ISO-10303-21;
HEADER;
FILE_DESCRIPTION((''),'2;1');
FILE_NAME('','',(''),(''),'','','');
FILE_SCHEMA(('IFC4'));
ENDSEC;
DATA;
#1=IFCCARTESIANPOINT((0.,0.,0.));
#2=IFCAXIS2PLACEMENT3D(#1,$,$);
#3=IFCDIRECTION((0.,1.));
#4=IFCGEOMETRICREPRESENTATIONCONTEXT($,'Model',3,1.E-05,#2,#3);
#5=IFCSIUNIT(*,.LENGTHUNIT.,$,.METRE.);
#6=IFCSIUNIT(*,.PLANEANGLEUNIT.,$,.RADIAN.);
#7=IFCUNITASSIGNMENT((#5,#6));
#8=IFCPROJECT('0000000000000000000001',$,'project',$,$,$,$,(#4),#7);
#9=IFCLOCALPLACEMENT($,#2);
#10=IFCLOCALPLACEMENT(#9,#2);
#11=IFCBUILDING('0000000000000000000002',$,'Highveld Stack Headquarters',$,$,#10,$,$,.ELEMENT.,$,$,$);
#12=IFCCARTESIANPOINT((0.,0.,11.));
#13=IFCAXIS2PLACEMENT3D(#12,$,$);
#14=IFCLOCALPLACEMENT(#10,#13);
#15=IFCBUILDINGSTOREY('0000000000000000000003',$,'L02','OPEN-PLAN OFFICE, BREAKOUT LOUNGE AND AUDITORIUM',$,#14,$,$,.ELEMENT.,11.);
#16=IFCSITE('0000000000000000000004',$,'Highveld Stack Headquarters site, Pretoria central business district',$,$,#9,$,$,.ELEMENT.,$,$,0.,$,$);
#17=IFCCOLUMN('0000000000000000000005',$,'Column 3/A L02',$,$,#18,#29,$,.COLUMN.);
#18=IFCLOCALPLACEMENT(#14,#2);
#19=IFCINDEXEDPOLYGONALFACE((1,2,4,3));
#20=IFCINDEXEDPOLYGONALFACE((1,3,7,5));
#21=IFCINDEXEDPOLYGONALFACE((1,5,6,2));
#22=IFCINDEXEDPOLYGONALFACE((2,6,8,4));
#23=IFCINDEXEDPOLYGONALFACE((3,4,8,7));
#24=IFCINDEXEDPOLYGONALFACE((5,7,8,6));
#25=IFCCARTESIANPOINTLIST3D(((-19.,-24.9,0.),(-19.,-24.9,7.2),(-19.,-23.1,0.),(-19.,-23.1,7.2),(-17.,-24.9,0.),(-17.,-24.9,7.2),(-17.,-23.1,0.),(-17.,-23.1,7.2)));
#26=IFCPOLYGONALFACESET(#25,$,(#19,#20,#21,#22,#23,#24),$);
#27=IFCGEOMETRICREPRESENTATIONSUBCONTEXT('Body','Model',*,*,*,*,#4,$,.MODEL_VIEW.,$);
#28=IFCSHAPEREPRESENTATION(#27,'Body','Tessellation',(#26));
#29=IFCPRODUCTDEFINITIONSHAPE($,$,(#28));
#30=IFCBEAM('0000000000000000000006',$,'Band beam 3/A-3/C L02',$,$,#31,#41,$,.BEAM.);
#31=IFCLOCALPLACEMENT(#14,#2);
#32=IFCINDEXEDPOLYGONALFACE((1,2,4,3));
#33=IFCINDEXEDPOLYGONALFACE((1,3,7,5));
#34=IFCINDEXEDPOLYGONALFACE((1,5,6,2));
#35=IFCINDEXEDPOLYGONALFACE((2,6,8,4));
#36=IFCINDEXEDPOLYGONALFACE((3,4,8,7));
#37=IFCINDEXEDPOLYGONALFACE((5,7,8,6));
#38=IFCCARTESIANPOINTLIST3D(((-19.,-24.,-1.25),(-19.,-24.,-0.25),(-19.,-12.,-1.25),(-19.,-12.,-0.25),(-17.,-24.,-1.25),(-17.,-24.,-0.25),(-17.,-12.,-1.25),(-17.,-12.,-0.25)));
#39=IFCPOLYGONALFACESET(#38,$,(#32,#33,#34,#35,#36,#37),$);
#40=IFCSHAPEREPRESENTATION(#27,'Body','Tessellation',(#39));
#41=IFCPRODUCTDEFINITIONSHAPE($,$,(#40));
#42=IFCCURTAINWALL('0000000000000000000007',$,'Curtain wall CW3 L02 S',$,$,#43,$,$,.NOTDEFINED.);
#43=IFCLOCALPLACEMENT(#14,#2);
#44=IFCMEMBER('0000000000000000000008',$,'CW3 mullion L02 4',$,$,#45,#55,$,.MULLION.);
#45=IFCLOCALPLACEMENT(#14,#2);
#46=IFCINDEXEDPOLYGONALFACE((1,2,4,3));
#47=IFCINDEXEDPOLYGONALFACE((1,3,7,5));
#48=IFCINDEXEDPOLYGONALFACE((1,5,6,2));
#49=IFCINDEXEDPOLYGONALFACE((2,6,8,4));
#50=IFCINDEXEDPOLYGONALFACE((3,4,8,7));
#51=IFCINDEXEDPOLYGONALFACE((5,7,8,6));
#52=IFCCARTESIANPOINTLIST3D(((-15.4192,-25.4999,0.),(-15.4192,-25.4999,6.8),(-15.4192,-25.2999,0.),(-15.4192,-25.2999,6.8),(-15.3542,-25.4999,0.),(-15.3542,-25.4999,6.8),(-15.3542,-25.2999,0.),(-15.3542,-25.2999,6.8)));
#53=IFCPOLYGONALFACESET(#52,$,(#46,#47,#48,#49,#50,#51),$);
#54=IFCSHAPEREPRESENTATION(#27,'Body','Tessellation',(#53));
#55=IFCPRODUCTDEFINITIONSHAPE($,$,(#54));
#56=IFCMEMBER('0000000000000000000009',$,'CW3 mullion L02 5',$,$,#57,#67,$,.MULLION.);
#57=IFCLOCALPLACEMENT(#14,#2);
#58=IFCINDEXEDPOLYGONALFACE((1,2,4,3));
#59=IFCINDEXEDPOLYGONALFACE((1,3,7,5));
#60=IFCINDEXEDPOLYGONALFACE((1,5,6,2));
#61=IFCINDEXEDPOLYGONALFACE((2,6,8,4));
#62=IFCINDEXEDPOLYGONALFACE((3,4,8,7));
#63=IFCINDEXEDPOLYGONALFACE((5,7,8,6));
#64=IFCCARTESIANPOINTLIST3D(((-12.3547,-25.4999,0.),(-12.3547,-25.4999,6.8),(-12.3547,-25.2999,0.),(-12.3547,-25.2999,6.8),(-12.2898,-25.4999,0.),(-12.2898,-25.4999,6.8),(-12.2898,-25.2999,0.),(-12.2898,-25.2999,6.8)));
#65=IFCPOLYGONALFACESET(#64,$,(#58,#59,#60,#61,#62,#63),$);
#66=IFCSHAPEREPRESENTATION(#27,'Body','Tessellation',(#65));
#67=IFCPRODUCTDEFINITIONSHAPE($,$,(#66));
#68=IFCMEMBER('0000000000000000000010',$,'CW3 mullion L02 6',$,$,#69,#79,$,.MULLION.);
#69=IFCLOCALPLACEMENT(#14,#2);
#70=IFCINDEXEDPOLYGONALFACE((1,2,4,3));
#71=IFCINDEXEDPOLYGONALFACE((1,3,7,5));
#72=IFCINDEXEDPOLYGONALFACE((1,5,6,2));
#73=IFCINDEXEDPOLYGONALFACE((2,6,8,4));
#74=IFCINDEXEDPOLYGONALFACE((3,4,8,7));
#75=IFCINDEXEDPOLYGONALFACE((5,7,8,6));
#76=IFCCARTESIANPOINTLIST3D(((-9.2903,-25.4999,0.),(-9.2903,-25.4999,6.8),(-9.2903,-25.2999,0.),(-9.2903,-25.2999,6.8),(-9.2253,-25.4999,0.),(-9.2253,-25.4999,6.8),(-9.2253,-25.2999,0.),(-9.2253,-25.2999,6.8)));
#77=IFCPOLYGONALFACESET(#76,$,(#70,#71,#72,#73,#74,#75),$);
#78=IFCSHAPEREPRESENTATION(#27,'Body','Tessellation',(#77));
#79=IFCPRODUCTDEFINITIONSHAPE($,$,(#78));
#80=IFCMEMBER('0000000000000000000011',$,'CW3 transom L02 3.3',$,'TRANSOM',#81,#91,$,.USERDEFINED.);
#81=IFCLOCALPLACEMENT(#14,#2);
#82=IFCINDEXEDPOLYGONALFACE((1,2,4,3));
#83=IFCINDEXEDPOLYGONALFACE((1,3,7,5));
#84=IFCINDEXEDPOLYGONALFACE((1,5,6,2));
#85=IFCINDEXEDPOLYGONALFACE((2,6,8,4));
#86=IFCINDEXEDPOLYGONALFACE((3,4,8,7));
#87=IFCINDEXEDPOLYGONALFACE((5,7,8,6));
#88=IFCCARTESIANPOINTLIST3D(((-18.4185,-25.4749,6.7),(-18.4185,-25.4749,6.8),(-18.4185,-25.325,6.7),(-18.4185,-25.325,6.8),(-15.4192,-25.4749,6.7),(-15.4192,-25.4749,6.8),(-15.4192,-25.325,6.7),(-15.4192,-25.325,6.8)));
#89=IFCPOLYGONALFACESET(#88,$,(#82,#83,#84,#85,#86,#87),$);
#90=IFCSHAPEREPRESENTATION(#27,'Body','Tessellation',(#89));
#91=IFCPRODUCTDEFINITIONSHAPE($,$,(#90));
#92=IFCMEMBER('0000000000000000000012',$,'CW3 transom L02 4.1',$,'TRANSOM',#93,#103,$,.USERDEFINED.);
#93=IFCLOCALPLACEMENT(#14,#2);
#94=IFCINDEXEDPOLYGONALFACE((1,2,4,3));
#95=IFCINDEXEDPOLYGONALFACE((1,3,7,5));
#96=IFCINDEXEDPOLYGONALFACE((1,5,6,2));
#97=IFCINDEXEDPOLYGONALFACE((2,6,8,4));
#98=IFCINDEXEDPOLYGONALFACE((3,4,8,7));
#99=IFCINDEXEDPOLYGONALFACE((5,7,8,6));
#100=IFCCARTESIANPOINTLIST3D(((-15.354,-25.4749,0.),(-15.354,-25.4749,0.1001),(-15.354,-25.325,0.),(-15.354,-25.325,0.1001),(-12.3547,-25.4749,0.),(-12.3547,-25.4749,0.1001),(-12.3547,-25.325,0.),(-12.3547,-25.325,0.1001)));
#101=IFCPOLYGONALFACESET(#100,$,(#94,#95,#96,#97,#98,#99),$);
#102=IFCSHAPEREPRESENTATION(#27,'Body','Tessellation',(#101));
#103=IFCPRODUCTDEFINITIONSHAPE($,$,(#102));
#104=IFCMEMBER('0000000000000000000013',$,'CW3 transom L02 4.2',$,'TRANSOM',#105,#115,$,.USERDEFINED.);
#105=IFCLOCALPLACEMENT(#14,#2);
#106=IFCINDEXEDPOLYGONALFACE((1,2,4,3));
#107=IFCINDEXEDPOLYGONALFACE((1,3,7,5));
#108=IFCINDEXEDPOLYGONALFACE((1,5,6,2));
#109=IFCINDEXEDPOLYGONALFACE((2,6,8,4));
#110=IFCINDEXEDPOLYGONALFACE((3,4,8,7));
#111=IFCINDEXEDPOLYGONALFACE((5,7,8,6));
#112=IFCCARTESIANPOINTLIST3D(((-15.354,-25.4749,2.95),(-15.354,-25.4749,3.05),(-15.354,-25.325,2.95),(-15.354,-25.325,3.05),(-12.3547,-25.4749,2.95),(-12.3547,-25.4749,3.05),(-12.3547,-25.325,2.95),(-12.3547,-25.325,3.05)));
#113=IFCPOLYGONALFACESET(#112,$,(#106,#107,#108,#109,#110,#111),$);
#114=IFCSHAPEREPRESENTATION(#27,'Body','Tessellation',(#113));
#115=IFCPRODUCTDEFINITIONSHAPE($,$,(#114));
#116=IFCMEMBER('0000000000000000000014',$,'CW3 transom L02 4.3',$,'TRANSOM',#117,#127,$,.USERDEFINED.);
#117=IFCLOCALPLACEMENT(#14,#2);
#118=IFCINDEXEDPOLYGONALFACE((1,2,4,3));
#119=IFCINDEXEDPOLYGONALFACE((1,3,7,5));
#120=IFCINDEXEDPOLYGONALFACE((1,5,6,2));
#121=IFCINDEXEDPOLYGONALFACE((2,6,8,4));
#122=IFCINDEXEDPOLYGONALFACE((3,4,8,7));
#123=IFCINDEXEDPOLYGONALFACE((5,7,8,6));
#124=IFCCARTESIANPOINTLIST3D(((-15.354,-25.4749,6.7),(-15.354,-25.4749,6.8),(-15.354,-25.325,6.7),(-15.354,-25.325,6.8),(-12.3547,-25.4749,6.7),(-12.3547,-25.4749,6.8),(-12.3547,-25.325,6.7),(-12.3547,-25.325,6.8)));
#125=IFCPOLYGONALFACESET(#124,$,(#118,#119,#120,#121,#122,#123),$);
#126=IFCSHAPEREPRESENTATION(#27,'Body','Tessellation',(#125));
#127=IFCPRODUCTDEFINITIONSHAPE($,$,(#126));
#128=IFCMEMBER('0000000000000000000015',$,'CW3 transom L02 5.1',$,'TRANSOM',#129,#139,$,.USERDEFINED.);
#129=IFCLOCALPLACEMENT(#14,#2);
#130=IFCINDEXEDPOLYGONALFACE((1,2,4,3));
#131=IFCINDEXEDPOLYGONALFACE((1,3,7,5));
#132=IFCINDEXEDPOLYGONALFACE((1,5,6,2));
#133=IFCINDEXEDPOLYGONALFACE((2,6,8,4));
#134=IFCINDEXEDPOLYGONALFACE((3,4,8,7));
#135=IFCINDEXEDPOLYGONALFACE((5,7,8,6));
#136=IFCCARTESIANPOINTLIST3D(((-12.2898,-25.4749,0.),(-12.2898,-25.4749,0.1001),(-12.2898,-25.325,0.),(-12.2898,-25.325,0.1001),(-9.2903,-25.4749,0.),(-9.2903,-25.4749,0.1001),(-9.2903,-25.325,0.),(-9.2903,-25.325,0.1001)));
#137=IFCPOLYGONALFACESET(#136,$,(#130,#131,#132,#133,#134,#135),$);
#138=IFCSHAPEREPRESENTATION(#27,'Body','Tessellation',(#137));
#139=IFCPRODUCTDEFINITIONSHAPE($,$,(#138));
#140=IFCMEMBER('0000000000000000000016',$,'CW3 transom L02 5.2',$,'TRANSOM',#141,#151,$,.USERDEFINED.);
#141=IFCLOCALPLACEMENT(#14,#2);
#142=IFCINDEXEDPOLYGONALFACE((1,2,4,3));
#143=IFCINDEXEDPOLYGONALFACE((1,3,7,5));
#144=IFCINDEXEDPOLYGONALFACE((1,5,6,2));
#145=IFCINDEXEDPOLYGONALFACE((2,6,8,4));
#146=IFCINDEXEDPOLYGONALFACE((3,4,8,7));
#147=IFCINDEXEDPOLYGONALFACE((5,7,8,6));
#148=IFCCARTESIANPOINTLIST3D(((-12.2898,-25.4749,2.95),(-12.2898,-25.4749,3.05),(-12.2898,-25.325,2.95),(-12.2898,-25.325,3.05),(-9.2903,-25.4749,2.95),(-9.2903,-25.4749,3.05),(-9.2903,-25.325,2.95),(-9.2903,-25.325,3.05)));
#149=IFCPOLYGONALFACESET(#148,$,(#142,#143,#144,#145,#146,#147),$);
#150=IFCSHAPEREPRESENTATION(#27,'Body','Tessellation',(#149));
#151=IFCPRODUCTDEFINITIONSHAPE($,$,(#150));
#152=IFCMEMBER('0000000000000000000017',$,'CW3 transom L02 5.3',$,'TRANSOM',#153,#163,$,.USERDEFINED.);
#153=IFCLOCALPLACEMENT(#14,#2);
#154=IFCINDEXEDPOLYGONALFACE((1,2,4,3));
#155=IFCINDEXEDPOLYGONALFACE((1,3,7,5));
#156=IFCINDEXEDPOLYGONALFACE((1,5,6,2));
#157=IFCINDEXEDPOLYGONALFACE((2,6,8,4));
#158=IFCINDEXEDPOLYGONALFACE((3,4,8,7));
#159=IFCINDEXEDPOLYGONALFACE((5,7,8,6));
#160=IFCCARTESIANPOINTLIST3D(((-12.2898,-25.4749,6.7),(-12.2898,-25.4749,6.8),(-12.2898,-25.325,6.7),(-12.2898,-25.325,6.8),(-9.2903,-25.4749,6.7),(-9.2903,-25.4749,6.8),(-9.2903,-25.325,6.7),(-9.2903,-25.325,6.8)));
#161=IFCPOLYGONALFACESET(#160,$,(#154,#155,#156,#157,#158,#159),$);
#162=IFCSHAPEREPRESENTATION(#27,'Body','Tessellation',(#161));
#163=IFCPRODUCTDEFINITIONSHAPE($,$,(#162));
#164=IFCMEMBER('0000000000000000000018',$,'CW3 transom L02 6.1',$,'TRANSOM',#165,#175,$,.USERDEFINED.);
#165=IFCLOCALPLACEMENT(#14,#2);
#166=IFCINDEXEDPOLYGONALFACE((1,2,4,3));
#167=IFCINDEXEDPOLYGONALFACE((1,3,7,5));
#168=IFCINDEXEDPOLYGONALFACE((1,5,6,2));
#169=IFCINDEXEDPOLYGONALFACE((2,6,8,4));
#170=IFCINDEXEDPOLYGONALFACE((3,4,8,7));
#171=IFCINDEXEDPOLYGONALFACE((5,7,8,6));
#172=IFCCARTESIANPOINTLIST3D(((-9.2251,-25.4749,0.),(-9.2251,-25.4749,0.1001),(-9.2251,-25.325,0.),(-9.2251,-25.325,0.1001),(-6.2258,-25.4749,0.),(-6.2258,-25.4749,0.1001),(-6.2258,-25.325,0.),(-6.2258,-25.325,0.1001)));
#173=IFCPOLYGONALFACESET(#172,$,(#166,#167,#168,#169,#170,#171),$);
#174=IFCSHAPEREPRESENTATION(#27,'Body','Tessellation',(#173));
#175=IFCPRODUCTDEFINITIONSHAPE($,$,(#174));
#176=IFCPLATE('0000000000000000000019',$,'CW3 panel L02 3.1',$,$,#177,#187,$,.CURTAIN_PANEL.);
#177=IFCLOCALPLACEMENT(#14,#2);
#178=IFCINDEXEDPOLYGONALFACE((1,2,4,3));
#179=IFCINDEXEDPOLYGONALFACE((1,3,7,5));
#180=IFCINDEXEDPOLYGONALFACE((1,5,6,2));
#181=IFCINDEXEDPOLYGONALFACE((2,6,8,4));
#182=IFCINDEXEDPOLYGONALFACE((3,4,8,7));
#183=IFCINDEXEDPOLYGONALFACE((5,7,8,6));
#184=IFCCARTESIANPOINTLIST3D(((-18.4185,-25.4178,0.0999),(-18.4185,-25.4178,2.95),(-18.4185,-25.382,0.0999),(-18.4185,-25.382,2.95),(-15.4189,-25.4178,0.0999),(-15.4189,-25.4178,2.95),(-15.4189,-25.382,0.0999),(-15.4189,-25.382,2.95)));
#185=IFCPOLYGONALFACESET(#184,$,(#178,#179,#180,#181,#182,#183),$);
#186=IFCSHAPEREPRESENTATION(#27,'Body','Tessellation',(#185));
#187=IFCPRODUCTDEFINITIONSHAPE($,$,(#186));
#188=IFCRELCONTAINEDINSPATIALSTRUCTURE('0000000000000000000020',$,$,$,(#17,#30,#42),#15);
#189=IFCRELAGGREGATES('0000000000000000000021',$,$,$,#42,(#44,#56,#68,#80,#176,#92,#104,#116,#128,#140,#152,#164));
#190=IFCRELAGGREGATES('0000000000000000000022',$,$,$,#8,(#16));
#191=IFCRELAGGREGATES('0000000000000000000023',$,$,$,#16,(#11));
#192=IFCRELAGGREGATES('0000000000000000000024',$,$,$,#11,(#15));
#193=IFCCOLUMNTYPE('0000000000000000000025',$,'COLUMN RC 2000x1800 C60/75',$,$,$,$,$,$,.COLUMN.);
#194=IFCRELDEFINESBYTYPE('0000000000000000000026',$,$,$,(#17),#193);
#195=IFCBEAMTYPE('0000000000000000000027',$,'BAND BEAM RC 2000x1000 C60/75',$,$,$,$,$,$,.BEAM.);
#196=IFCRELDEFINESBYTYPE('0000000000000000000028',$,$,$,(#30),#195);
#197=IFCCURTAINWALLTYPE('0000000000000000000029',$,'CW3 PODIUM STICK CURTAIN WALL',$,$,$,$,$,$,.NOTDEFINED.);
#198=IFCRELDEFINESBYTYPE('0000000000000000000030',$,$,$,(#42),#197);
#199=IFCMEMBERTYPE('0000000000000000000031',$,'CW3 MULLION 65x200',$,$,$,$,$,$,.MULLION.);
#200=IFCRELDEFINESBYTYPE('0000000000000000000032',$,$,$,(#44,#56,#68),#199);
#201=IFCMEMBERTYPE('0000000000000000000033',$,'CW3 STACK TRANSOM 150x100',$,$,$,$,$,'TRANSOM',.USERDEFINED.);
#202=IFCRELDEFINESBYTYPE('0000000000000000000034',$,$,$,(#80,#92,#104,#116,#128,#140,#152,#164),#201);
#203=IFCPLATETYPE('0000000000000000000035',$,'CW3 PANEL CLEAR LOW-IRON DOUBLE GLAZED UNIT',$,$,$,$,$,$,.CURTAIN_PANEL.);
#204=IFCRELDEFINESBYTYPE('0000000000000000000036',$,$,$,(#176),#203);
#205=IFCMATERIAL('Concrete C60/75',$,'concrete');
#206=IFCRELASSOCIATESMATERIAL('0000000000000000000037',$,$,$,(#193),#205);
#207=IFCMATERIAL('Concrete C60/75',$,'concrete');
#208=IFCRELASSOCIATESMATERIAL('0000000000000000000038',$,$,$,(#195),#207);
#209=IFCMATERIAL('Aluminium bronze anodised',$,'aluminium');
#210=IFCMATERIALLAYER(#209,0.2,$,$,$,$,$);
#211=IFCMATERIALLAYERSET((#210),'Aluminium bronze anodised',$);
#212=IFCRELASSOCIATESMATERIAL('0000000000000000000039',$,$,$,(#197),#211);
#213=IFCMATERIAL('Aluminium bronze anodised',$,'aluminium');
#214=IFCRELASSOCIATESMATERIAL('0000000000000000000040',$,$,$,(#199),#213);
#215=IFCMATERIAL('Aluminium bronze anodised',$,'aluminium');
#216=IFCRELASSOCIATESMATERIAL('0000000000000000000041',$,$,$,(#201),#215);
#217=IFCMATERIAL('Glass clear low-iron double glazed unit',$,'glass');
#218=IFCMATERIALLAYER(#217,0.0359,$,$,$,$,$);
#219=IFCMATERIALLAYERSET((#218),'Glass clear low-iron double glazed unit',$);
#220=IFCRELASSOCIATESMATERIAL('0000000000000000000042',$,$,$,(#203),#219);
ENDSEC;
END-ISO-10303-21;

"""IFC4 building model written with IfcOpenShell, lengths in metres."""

from ifc_helpers import new_model, si_unit, direction, frame, origin, origin_2d, place, context, subcontext, project, spatial, rectangle, extrude, material, layer, layer_set, material_profile, profile_set, type_object, element, aggregate, save


model = new_model("IFC4")

# Units and contexts
model_context = context("Model", 3, precision=1e-05, world=origin(), true_north=direction((0.0, 1.0)))
body_context = subcontext(model_context, "Body", "Model", "MODEL_VIEW")
ifc_project = project(units=[si_unit("LENGTHUNIT", "METRE"), si_unit("PLANEANGLEUNIT", "RADIAN")], contexts=[model_context])

# Site, building, storey
site_placement = place(None, origin())
site = spatial("IfcSite", under=ifc_project, at=site_placement, Name="Highveld Stack Headquarters site, Pretoria central business district", CompositionType="ELEMENT", RefElevation=0.0)
building_placement = place(site_placement, origin())
building = spatial("IfcBuilding", under=site, at=building_placement, Name="Highveld Stack Headquarters", CompositionType="ELEMENT")
storey_placement = place(building_placement, frame((0.0, 0.0, 11.0)))
storey = spatial("IfcBuildingStorey", under=building, at=storey_placement, Name="L02", Description="OPEN-PLAN OFFICE, BREAKOUT LOUNGE AND AUDITORIUM", CompositionType="ELEMENT", Elevation=11.0)

# Column
ifc_material_1 = material(Name="Concrete C60/75", Category="concrete")
ifc_material_profile_1 = material_profile(ifc_material_1, rectangle(XDim=2.0, YDim=1.8, at=origin_2d()), Name="RC 2000x1800")
ifc_profile_set_1 = profile_set([ifc_material_profile_1], Name="Concrete C60/75")
column_type = type_object("IfcColumnType", Name="COLUMN RC 2000x1800 C60/75", PredefinedType="COLUMN", material=ifc_profile_set_1)
column_placement = place(storey_placement, frame((-18.0, -24.0, 0.0), z_axis=(0.0, 0.0, 1.0), x_axis=(1.0, 0.0, 0.0)))
element("IfcColumn", 1, at=column_placement, inside=storey, type_object=column_type, Name="Column 3/A L02", PredefinedType="COLUMN", context=body_context, shape_type="SweptSolid", body=[
    extrude(rectangle(XDim=2.0, YDim=1.8, at=origin_2d()), origin(), (0.0, 0.0, 1.0), 7.2),
])

# Beam
ifc_material_2 = material(Name="Concrete C60/75", Category="concrete")
ifc_material_profile_2 = material_profile(ifc_material_2, rectangle(XDim=2.0, YDim=1.0, at=origin_2d()), Name="RC 2000x1000")
ifc_profile_set_2 = profile_set([ifc_material_profile_2], Name="Concrete C60/75")
beam_type = type_object("IfcBeamType", Name="BAND BEAM RC 2000x1000 C60/75", PredefinedType="BEAM", material=ifc_profile_set_2)
beam_placement = place(storey_placement, frame((-18.0, -24.0, -0.75), z_axis=(0.0, 1.0, 0.0), x_axis=(-1.0, 0.0, 0.0)))
element("IfcBeam", 2, at=beam_placement, inside=storey, type_object=beam_type, Name="Band beam 3/A-3/C L02", PredefinedType="BEAM", context=body_context, shape_type="SweptSolid", body=[
    extrude(rectangle(XDim=2.0, YDim=1.0, at=origin_2d()), origin(), (0.0, 0.0, 1.0), 12.0),
])

# Curtain wall, members, plate
ifc_material_3 = material(Name="Aluminium bronze anodised", Category="aluminium")
ifc_layer_1 = layer(ifc_material_3, 0.2)
ifc_layer_set_1 = layer_set([ifc_layer_1], Name="Aluminium bronze anodised")
curtain_wall_type = type_object("IfcCurtainWallType", Name="CW3 PODIUM STICK CURTAIN WALL", PredefinedType="NOTDEFINED", material=ifc_layer_set_1)
curtain_wall_placement = place(storey_placement, origin())
curtain_wall = element("IfcCurtainWall", 3, at=curtain_wall_placement, inside=storey, type_object=curtain_wall_type, Name="Curtain wall CW3 L02 S", PredefinedType="NOTDEFINED")
ifc_material_4 = material(Name="Aluminium bronze anodised", Category="aluminium")
ifc_material_profile_3 = material_profile(ifc_material_4, rectangle(XDim=0.2, YDim=0.0649, at=origin_2d()), Name="CW3 MULLION 65x200")
ifc_profile_set_3 = profile_set([ifc_material_profile_3], Name="Aluminium bronze anodised")
member_type_1 = type_object("IfcMemberType", Name="CW3 MULLION 65x200", PredefinedType="MULLION", material=ifc_profile_set_3)
member_1_placement = place(storey_placement, frame((-15.3867, -25.3999, 0.0), z_axis=(0.0, 0.0, 1.0), x_axis=(0.0, 1.0, 0.0)))
member_1 = element("IfcMember", 4, at=member_1_placement, type_object=member_type_1, Name="CW3 mullion L02 4", PredefinedType="MULLION", context=body_context, shape_type="SweptSolid", body=[
    extrude(rectangle(XDim=0.2, YDim=0.0649, at=origin_2d()), origin(), (0.0, 0.0, 1.0), 6.8),
])
member_2_placement = place(storey_placement, frame((-12.3223, -25.3999, 0.0), z_axis=(0.0, 0.0, 1.0), x_axis=(0.0, 1.0, 0.0)))
member_2 = element("IfcMember", 5, at=member_2_placement, type_object=member_type_1, Name="CW3 mullion L02 5", PredefinedType="MULLION", context=body_context, shape_type="SweptSolid", body=[
    extrude(rectangle(XDim=0.2, YDim=0.0649, at=origin_2d()), origin(), (0.0, 0.0, 1.0), 6.8),
])
member_3_placement = place(storey_placement, frame((-9.2578, -25.3999, 0.0), z_axis=(0.0, 0.0, 1.0), x_axis=(0.0, 1.0, 0.0)))
member_3 = element("IfcMember", 6, at=member_3_placement, type_object=member_type_1, Name="CW3 mullion L02 6", PredefinedType="MULLION", context=body_context, shape_type="SweptSolid", body=[
    extrude(rectangle(XDim=0.2, YDim=0.0649, at=origin_2d()), origin(), (0.0, 0.0, 1.0), 6.8),
])
ifc_material_5 = material(Name="Aluminium bronze anodised", Category="aluminium")
ifc_material_profile_4 = material_profile(ifc_material_5, rectangle(XDim=0.1499, YDim=0.1001, at=origin_2d()), Name="CW3 TRANSOM 150x100")
ifc_profile_set_4 = profile_set([ifc_material_profile_4], Name="Aluminium bronze anodised")
member_type_2 = type_object("IfcMemberType", Name="CW3 STACK TRANSOM 150x100", ElementType="TRANSOM", PredefinedType="USERDEFINED", material=ifc_profile_set_4)
member_4_placement = place(storey_placement, frame((-18.4185, -25.3999, 6.75), z_axis=(1.0, 0.0, 0.0), x_axis=(0.0, 1.0, 0.0)))
member_4 = element("IfcMember", 7, at=member_4_placement, type_object=member_type_2, Name="CW3 transom L02 3.3", ObjectType="TRANSOM", PredefinedType="USERDEFINED", context=body_context, shape_type="SweptSolid", body=[
    extrude(rectangle(XDim=0.1499, YDim=0.1001, at=origin_2d()), origin(), (0.0, 0.0, 1.0), 2.9993),
])
member_5_placement = place(storey_placement, frame((-15.354, -25.3999, 0.05), z_axis=(1.0, 0.0, 0.0), x_axis=(0.0, 1.0, 0.0)))
member_5 = element("IfcMember", 8, at=member_5_placement, type_object=member_type_2, Name="CW3 transom L02 4.1", ObjectType="TRANSOM", PredefinedType="USERDEFINED", context=body_context, shape_type="SweptSolid", body=[
    extrude(rectangle(XDim=0.1499, YDim=0.1001, at=origin_2d()), origin(), (0.0, 0.0, 1.0), 2.9993),
])
member_6_placement = place(storey_placement, frame((-15.354, -25.3999, 3.0), z_axis=(1.0, 0.0, 0.0), x_axis=(0.0, 1.0, 0.0)))
member_6 = element("IfcMember", 9, at=member_6_placement, type_object=member_type_2, Name="CW3 transom L02 4.2", ObjectType="TRANSOM", PredefinedType="USERDEFINED", context=body_context, shape_type="SweptSolid", body=[
    extrude(rectangle(XDim=0.1499, YDim=0.1001, at=origin_2d()), origin(), (0.0, 0.0, 1.0), 2.9993),
])
member_7_placement = place(storey_placement, frame((-15.354, -25.3999, 6.75), z_axis=(1.0, 0.0, 0.0), x_axis=(0.0, 1.0, 0.0)))
member_7 = element("IfcMember", 10, at=member_7_placement, type_object=member_type_2, Name="CW3 transom L02 4.3", ObjectType="TRANSOM", PredefinedType="USERDEFINED", context=body_context, shape_type="SweptSolid", body=[
    extrude(rectangle(XDim=0.1499, YDim=0.1001, at=origin_2d()), origin(), (0.0, 0.0, 1.0), 2.9993),
])
member_8_placement = place(storey_placement, frame((-12.2898, -25.3999, 0.05), z_axis=(1.0, 0.0, 0.0), x_axis=(0.0, 1.0, 0.0)))
member_8 = element("IfcMember", 11, at=member_8_placement, type_object=member_type_2, Name="CW3 transom L02 5.1", ObjectType="TRANSOM", PredefinedType="USERDEFINED", context=body_context, shape_type="SweptSolid", body=[
    extrude(rectangle(XDim=0.1499, YDim=0.1001, at=origin_2d()), origin(), (0.0, 0.0, 1.0), 2.9995),
])
member_9_placement = place(storey_placement, frame((-12.2898, -25.3999, 3.0), z_axis=(1.0, 0.0, 0.0), x_axis=(0.0, 1.0, 0.0)))
member_9 = element("IfcMember", 12, at=member_9_placement, type_object=member_type_2, Name="CW3 transom L02 5.2", ObjectType="TRANSOM", PredefinedType="USERDEFINED", context=body_context, shape_type="SweptSolid", body=[
    extrude(rectangle(XDim=0.1499, YDim=0.1001, at=origin_2d()), origin(), (0.0, 0.0, 1.0), 2.9995),
])
member_10_placement = place(storey_placement, frame((-12.2898, -25.3999, 6.75), z_axis=(1.0, 0.0, 0.0), x_axis=(0.0, 1.0, 0.0)))
member_10 = element("IfcMember", 13, at=member_10_placement, type_object=member_type_2, Name="CW3 transom L02 5.3", ObjectType="TRANSOM", PredefinedType="USERDEFINED", context=body_context, shape_type="SweptSolid", body=[
    extrude(rectangle(XDim=0.1499, YDim=0.1001, at=origin_2d()), origin(), (0.0, 0.0, 1.0), 2.9995),
])
member_11_placement = place(storey_placement, frame((-9.2251, -25.3999, 0.05), z_axis=(1.0, 0.0, 0.0), x_axis=(0.0, 1.0, 0.0)))
member_11 = element("IfcMember", 14, at=member_11_placement, type_object=member_type_2, Name="CW3 transom L02 6.1", ObjectType="TRANSOM", PredefinedType="USERDEFINED", context=body_context, shape_type="SweptSolid", body=[
    extrude(rectangle(XDim=0.1499, YDim=0.1001, at=origin_2d()), origin(), (0.0, 0.0, 1.0), 2.9993),
])
ifc_material_6 = material(Name="Glass clear low-iron double glazed unit", Category="glass")
ifc_layer_2 = layer(ifc_material_6, 0.0359)
ifc_layer_set_2 = layer_set([ifc_layer_2], Name="Glass clear low-iron double glazed unit")
plate_type = type_object("IfcPlateType", Name="CW3 PANEL CLEAR LOW-IRON DOUBLE GLAZED UNIT", PredefinedType="CURTAIN_PANEL", material=ifc_layer_set_2)
plate_1_placement = place(storey_placement, frame((-16.9187, -25.3999, 0.0999), z_axis=(0.0, 0.0, 1.0), x_axis=(1.0, 0.0, 0.0)))
plate_1 = element("IfcPlate", 15, at=plate_1_placement, type_object=plate_type, Name="CW3 panel L02 3.1", PredefinedType="CURTAIN_PANEL", context=body_context, shape_type="SweptSolid", body=[
    extrude(rectangle(XDim=2.9995, YDim=0.0359, at=origin_2d()), origin(), (0.0, 0.0, 1.0), 2.8501),
])
aggregate(curtain_wall, [member_1, member_2, member_3, member_4, plate_1, member_5, member_6, member_7, member_8, member_9, member_10, member_11])

save(model, "model.ifc")
